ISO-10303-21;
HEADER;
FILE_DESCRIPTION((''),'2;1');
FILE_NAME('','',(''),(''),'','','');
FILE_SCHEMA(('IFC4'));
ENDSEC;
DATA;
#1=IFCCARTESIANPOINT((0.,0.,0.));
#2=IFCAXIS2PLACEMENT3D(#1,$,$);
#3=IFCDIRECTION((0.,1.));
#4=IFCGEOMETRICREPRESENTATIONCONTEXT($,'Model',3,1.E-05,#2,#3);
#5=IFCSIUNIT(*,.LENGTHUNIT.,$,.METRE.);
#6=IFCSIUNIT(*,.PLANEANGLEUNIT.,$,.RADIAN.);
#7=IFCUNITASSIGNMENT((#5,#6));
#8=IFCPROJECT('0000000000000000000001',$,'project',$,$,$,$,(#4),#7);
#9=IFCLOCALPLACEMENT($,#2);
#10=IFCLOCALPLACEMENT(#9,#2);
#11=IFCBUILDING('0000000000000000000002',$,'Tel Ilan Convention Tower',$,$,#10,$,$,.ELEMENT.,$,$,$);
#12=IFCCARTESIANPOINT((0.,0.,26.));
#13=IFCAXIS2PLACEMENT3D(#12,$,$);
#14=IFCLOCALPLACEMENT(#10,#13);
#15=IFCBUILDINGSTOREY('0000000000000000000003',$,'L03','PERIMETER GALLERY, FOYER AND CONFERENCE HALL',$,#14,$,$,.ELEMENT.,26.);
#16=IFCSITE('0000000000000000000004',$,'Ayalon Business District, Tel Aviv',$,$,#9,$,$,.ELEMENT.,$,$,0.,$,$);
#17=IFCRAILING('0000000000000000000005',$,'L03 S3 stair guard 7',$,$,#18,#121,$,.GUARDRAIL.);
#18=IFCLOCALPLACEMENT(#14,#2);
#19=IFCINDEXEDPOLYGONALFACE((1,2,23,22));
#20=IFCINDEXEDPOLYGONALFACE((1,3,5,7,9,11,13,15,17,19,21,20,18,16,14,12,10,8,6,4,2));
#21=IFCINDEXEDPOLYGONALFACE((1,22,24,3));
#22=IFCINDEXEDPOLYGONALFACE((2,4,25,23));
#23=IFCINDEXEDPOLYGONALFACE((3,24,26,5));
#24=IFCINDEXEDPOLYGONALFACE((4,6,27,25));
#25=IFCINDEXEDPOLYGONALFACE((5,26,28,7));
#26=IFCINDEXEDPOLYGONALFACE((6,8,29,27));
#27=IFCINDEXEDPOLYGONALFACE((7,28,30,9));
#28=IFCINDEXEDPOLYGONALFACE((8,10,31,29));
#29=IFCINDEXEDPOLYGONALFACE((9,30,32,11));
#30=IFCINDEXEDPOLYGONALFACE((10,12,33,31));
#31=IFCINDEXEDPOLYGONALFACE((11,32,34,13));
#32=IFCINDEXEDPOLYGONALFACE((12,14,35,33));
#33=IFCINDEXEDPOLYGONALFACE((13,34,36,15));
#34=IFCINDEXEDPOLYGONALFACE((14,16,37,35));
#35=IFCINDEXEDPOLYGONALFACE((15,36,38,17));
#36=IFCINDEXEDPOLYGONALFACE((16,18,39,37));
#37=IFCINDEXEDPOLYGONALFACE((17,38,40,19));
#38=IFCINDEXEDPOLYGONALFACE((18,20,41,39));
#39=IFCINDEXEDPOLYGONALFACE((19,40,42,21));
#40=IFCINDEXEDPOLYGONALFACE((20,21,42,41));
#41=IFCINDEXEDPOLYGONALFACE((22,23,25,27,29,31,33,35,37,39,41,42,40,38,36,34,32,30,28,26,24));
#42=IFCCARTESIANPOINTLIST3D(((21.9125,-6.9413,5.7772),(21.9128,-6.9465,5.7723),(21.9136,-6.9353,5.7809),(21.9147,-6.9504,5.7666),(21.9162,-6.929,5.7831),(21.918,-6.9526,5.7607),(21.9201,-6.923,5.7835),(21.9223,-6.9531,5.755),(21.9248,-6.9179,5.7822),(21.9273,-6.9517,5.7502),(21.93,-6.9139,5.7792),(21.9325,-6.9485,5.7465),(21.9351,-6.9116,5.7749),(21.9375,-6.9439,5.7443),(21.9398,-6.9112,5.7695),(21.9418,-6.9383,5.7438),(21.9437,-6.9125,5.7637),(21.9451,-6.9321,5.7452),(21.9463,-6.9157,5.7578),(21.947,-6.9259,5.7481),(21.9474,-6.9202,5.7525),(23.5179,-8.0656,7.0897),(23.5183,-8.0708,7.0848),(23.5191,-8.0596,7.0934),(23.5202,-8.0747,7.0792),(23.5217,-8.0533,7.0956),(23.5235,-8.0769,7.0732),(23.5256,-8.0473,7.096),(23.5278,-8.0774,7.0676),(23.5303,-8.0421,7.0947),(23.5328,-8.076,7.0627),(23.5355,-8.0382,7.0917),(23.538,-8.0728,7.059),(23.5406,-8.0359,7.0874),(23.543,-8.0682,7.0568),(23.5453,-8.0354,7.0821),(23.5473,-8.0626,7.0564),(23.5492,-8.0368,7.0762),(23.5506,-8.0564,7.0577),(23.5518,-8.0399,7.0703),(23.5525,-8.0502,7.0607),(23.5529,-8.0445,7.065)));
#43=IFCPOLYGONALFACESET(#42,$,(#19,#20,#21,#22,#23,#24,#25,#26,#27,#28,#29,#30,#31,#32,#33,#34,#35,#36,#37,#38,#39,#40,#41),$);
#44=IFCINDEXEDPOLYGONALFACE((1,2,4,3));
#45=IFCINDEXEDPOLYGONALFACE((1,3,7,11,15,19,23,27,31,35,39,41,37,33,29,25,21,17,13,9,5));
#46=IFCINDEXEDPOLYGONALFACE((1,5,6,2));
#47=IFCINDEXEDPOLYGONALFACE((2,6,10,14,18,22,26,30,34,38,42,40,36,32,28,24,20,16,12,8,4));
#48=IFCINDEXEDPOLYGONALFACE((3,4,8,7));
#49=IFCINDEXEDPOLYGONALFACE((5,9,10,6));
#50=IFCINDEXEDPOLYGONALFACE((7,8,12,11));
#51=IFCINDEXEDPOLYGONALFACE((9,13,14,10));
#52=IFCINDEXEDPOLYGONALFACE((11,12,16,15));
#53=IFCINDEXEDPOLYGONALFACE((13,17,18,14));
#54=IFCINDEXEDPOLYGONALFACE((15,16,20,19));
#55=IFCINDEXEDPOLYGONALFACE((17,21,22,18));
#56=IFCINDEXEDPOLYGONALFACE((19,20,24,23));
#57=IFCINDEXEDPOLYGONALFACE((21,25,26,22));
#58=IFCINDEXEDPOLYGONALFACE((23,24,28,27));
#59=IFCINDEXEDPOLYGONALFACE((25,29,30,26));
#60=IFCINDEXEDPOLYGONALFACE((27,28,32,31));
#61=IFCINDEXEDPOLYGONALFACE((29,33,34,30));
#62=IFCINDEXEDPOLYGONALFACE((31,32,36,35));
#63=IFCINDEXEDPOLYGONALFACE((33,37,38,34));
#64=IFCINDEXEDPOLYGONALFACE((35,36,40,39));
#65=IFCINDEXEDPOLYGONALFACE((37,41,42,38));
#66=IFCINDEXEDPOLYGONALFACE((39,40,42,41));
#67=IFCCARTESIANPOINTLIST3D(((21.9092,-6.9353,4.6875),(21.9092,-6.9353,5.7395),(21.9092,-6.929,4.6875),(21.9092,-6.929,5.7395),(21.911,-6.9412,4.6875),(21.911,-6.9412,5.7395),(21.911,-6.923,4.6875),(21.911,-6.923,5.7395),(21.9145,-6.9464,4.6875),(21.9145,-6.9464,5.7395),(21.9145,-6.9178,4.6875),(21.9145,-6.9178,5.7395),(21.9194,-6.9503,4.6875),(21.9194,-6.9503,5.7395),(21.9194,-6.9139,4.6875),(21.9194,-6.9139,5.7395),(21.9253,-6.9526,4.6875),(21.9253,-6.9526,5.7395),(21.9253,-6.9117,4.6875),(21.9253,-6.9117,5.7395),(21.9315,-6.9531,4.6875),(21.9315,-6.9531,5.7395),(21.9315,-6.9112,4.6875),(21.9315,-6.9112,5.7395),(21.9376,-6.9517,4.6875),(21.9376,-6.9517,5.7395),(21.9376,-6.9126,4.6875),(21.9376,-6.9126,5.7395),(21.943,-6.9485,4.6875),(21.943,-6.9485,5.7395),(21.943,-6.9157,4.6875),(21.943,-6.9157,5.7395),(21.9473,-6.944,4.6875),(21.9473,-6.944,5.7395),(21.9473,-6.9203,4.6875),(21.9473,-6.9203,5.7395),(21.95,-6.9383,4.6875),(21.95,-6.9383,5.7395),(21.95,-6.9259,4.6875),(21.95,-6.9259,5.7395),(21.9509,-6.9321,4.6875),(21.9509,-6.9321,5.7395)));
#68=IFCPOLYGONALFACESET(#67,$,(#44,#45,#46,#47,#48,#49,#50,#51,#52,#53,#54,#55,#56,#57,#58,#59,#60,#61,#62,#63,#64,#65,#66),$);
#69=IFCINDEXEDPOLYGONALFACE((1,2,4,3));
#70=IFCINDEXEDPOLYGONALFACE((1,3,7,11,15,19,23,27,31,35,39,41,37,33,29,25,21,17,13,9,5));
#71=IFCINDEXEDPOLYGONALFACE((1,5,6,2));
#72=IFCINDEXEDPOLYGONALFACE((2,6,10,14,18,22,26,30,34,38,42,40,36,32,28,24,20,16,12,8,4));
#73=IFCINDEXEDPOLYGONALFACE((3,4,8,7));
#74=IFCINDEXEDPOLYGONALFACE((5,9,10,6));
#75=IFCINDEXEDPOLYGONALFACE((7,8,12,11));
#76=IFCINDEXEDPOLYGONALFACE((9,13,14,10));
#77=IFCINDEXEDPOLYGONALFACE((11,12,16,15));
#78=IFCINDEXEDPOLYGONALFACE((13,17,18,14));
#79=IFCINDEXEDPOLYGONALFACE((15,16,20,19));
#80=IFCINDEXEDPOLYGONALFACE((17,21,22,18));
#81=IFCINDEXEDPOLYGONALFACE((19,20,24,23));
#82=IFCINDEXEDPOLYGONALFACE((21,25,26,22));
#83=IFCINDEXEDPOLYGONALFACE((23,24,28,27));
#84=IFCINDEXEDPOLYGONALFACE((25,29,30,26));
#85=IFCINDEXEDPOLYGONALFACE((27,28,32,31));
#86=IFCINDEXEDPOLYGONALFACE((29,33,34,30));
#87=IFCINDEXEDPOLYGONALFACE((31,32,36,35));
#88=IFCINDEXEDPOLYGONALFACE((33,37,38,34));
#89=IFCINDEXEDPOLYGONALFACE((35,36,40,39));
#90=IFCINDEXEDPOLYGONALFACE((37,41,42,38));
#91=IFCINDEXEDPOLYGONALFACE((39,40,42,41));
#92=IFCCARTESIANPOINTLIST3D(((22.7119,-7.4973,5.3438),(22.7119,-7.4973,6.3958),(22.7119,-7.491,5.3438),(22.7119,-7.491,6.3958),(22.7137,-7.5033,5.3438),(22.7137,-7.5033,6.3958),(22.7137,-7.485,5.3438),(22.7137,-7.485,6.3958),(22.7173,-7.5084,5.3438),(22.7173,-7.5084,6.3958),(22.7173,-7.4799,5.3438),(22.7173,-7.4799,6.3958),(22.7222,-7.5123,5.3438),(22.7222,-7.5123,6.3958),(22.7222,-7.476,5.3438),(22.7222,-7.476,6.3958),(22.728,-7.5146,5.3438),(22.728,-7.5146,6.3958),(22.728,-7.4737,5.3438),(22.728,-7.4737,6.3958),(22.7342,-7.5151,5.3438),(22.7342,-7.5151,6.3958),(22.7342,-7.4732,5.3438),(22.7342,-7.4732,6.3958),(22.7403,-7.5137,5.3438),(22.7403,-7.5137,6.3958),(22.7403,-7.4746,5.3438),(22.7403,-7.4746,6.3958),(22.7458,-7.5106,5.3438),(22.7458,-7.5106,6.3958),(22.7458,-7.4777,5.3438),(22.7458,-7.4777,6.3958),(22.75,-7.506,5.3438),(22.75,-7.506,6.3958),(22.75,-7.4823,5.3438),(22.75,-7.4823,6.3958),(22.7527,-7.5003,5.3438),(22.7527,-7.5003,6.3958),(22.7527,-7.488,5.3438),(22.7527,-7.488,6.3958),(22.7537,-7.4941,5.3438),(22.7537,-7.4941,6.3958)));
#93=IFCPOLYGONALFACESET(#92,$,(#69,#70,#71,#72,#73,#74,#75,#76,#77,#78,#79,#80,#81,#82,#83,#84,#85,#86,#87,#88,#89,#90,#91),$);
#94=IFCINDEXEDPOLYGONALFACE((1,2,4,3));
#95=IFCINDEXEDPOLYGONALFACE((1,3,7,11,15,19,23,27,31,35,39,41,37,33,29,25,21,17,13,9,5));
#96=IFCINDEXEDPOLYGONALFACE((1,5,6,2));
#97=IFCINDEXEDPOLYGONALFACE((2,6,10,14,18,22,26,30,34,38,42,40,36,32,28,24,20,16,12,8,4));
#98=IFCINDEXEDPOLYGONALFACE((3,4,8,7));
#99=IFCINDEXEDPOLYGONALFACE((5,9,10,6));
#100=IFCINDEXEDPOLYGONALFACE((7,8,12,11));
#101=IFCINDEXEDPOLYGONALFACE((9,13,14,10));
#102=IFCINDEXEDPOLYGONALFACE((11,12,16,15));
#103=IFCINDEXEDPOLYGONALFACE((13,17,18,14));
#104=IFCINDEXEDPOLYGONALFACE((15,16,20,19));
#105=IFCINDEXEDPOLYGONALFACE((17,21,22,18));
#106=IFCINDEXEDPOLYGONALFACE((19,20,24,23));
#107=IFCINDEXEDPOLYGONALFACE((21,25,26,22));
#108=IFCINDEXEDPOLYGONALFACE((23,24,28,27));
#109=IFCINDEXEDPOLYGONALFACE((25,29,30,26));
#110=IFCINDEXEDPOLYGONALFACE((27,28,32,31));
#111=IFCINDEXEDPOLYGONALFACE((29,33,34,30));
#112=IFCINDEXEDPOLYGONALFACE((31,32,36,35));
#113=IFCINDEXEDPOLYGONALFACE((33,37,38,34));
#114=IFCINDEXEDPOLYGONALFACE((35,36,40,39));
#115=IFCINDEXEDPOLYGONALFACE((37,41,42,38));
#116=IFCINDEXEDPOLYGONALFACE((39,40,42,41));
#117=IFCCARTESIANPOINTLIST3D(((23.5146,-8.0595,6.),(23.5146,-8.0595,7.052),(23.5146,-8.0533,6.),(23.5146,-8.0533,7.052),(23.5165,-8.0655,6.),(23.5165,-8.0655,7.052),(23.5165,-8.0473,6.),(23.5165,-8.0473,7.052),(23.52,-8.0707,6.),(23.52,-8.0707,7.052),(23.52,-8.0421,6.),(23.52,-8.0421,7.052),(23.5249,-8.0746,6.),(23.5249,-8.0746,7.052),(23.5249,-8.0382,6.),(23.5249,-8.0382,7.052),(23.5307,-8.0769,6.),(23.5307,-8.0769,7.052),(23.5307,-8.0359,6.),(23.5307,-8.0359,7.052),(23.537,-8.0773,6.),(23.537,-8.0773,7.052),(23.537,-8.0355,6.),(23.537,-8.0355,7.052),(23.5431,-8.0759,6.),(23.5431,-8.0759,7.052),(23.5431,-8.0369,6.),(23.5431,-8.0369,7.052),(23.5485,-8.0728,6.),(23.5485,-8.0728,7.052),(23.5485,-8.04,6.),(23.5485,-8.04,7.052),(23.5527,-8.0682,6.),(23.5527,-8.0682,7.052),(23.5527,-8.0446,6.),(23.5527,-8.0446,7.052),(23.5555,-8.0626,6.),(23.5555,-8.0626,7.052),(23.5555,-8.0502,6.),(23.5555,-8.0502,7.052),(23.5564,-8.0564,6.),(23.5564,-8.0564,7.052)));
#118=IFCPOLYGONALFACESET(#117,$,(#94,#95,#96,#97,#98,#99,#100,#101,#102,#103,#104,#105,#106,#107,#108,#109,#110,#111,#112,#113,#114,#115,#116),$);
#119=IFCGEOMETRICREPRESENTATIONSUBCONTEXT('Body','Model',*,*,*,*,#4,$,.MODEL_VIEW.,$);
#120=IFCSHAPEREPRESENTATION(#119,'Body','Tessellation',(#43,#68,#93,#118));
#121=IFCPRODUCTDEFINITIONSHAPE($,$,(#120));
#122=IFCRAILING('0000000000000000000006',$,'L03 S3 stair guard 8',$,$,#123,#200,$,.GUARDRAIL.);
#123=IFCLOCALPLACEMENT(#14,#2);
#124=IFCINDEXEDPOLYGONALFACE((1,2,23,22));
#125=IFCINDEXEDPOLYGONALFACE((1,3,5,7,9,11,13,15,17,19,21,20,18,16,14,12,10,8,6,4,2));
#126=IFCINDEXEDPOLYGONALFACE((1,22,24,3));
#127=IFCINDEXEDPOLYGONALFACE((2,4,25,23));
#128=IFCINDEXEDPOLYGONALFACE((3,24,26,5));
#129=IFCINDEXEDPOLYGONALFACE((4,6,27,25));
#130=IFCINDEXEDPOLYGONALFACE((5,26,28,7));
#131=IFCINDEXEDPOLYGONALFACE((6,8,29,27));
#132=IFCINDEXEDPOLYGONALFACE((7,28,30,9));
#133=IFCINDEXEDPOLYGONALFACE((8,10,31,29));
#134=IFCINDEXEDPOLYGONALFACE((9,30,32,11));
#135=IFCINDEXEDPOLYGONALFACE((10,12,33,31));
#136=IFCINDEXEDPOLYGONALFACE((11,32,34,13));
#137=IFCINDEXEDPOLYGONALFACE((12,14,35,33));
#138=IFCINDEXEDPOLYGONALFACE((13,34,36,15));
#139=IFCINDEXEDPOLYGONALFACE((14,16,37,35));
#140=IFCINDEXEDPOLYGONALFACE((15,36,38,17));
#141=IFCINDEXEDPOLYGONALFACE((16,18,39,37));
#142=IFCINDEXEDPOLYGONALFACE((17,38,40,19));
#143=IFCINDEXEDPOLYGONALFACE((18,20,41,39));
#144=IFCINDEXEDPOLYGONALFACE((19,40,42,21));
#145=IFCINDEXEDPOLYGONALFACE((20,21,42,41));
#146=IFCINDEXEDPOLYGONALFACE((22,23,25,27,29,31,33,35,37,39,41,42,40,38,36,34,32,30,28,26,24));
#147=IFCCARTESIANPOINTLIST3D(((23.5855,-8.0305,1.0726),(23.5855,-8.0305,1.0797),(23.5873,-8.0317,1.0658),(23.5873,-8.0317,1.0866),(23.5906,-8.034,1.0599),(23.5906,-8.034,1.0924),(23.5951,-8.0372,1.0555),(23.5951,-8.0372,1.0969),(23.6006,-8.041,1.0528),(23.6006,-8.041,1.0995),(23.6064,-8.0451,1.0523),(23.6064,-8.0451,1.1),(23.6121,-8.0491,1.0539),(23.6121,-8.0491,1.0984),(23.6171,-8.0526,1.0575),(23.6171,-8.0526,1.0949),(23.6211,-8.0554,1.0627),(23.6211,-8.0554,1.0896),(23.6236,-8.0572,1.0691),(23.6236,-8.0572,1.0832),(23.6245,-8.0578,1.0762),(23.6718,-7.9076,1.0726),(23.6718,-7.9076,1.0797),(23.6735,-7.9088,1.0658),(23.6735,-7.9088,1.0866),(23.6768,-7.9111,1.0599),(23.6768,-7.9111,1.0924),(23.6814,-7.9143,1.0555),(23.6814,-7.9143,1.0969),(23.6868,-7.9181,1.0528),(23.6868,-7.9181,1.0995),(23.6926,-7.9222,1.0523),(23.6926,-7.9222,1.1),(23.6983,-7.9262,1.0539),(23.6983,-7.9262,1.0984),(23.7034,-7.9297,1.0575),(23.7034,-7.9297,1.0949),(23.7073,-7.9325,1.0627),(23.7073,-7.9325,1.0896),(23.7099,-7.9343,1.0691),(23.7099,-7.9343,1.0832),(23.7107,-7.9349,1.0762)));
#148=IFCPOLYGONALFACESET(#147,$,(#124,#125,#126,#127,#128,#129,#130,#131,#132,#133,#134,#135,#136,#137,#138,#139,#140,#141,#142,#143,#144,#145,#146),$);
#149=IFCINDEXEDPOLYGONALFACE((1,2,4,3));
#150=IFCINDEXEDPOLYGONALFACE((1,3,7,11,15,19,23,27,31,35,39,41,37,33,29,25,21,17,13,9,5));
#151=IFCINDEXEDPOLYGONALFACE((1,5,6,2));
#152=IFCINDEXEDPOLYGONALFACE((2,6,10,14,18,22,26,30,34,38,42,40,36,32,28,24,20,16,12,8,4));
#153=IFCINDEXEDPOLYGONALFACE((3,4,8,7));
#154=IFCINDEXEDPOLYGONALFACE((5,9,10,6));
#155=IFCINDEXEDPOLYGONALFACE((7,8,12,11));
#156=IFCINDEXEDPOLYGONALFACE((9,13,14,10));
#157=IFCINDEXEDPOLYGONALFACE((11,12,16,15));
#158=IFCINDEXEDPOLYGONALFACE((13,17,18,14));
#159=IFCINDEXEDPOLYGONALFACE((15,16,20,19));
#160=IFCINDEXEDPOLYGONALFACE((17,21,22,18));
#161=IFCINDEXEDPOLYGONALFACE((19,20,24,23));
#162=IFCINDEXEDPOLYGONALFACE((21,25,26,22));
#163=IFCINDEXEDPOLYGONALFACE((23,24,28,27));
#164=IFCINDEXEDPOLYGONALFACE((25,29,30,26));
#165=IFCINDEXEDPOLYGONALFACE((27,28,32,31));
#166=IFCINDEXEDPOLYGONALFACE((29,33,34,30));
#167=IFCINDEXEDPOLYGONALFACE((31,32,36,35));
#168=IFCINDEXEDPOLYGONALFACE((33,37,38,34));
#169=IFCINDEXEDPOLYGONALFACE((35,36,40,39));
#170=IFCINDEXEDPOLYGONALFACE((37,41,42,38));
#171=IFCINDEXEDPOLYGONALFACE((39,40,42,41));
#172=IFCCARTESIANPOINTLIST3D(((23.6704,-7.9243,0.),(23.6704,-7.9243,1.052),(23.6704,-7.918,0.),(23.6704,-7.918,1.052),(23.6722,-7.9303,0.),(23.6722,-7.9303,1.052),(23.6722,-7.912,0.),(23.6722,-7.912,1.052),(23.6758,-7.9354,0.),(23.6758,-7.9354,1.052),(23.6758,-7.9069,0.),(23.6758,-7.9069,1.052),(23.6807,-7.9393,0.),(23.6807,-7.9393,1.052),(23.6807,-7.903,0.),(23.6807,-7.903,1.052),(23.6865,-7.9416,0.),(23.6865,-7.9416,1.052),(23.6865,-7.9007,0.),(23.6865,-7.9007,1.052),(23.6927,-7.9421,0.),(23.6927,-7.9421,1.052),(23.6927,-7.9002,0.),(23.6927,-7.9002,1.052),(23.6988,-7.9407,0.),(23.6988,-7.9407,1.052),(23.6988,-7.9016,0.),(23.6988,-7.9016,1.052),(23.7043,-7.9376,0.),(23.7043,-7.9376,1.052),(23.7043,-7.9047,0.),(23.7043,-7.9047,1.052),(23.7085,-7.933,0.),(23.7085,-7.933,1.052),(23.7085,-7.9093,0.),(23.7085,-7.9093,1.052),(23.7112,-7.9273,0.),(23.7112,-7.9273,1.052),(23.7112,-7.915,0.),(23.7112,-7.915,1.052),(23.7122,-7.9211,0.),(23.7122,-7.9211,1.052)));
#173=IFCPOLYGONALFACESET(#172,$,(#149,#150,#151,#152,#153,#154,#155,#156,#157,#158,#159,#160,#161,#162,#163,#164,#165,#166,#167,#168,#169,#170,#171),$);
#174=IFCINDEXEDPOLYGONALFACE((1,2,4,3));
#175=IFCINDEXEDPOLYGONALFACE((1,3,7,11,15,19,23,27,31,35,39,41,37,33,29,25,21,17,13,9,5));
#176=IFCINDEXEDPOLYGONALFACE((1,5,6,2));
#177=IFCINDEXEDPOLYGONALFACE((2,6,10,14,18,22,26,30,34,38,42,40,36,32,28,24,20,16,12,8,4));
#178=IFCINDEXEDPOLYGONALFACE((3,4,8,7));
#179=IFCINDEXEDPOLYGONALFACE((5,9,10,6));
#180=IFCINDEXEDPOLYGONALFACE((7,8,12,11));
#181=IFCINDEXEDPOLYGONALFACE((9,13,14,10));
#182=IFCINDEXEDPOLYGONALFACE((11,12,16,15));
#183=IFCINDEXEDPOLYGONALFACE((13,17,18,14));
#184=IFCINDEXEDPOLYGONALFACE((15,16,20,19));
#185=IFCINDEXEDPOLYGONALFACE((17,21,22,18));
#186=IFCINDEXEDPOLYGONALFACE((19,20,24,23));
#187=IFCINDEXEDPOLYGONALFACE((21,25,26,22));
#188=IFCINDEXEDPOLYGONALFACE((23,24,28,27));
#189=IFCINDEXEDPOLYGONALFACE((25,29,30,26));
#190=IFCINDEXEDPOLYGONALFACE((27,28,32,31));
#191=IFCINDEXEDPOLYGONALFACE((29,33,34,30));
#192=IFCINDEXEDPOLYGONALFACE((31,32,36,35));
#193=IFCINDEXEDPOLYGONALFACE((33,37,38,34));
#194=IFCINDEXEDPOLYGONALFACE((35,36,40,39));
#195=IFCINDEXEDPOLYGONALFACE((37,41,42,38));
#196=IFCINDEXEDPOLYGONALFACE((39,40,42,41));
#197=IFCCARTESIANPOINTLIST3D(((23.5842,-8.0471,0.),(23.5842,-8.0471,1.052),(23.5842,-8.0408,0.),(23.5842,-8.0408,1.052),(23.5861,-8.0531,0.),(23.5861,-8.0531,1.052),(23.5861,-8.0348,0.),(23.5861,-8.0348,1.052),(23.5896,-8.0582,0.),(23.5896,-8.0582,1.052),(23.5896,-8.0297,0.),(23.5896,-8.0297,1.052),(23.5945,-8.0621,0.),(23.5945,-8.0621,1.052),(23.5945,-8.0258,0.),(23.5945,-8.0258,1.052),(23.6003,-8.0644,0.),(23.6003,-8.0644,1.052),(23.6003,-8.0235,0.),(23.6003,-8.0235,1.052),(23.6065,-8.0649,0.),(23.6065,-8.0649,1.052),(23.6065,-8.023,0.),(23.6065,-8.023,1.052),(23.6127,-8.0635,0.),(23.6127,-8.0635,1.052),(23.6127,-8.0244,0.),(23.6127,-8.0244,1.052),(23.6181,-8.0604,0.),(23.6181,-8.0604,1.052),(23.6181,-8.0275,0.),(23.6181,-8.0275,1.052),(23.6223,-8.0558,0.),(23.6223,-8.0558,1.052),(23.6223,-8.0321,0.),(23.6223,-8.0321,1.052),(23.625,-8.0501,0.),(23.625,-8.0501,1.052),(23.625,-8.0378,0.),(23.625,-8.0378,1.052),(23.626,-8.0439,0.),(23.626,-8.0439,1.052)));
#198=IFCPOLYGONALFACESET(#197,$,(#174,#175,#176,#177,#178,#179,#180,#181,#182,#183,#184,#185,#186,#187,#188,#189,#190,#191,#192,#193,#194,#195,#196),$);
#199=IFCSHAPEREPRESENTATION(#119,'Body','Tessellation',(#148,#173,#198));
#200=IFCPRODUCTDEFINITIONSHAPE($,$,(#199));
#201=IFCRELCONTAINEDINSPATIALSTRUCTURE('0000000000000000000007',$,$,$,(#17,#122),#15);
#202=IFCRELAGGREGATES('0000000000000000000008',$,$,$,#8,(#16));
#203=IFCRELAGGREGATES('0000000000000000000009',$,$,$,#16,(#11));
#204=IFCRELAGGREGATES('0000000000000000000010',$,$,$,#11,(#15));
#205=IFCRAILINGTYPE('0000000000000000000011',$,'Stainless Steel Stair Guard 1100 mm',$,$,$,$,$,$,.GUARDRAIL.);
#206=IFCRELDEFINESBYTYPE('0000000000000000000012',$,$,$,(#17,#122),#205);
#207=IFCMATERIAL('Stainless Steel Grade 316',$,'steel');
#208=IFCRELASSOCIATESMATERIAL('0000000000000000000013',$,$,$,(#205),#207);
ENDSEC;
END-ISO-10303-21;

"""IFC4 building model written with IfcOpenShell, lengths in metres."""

from ifc_helpers import new_model, si_unit, direction, frame, origin, origin_2d, place, context, subcontext, project, spatial, circle, extrude, material, type_object, element, save


model = new_model("IFC4")

# Units and contexts
model_context = context("Model", 3, precision=1e-05, world=origin(), true_north=direction((0.0, 1.0)))
body_context = subcontext(model_context, "Body", "Model", "MODEL_VIEW")
ifc_project = project(units=[si_unit("LENGTHUNIT", "METRE"), si_unit("PLANEANGLEUNIT", "RADIAN")], contexts=[model_context])

# Site, building, storey
site_placement = place(None, origin())
site = spatial("IfcSite", under=ifc_project, at=site_placement, Name="Ayalon Business District, Tel Aviv", CompositionType="ELEMENT", RefElevation=0.0)
building_placement = place(site_placement, origin())
building = spatial("IfcBuilding", under=site, at=building_placement, Name="Tel Ilan Convention Tower", CompositionType="ELEMENT")
storey_placement = place(building_placement, frame((0.0, 0.0, 26.0)))
storey = spatial("IfcBuildingStorey", under=building, at=storey_placement, Name="L03", Description="PERIMETER GALLERY, FOYER AND CONFERENCE HALL", CompositionType="ELEMENT", Elevation=26.0)

# Railings
ifc_material_1 = material(Name="Stainless Steel Grade 316", Category="steel")
railing_type_1 = type_object("IfcRailingType", Name="Stainless Steel Stair Guard 1100 mm", PredefinedType="GUARDRAIL", material=ifc_material_1)
railing_1_placement = place(storey_placement, frame((21.9299, -6.9321, 4.6875)))
element("IfcRailing", 1, at=railing_1_placement, inside=storey, type_object=railing_type_1, Name="L03 S3 stair guard 7", PredefinedType="GUARDRAIL", context=body_context, shape_type="SweptSolid", body=[
    extrude(circle(Radius=0.0239, at=origin_2d()), frame((0.0, 0.0, 1.0762), z_axis=(0.680616, -0.476617, 0.556416), x_axis=(0.573613, 0.819127, 0.0)), (0.0, 0.0, 1.0), 2.3589),
    extrude(circle(Radius=0.021, at=origin_2d()), origin(), (0.0, 0.0, 1.0), 1.052),
    extrude(circle(Radius=0.021, at=origin_2d()), frame((0.8027, -0.562, 0.6562)), (0.0, 0.0, 1.0), 1.052),
    extrude(circle(Radius=0.021, at=origin_2d()), frame((1.6055, -1.1243, 1.3125)), (0.0, 0.0, 1.0), 1.052),
])
railing_2_placement = place(storey_placement, frame((23.6912, -7.9211, 0.0)))
element("IfcRailing", 2, at=railing_2_placement, inside=storey, type_object=railing_type_1, Name="L03 S3 stair guard 8", PredefinedType="GUARDRAIL", context=body_context, shape_type="SweptSolid", body=[
    extrude(circle(Radius=0.0239, at=origin_2d()), frame((0.0, 0.0, 1.0762), z_axis=(-0.574445, -0.818543, 0.0), x_axis=(0.818543, -0.574445, 0.0)), (0.0, 0.0, 1.0), 0.1501),
    extrude(circle(Radius=0.021, at=origin_2d()), origin(), (0.0, 0.0, 1.0), 1.052),
    extrude(circle(Radius=0.021, at=origin_2d()), frame((-0.0862, -0.1228, 0.0)), (0.0, 0.0, 1.0), 1.052),
])

save(model, "model.ifc")
